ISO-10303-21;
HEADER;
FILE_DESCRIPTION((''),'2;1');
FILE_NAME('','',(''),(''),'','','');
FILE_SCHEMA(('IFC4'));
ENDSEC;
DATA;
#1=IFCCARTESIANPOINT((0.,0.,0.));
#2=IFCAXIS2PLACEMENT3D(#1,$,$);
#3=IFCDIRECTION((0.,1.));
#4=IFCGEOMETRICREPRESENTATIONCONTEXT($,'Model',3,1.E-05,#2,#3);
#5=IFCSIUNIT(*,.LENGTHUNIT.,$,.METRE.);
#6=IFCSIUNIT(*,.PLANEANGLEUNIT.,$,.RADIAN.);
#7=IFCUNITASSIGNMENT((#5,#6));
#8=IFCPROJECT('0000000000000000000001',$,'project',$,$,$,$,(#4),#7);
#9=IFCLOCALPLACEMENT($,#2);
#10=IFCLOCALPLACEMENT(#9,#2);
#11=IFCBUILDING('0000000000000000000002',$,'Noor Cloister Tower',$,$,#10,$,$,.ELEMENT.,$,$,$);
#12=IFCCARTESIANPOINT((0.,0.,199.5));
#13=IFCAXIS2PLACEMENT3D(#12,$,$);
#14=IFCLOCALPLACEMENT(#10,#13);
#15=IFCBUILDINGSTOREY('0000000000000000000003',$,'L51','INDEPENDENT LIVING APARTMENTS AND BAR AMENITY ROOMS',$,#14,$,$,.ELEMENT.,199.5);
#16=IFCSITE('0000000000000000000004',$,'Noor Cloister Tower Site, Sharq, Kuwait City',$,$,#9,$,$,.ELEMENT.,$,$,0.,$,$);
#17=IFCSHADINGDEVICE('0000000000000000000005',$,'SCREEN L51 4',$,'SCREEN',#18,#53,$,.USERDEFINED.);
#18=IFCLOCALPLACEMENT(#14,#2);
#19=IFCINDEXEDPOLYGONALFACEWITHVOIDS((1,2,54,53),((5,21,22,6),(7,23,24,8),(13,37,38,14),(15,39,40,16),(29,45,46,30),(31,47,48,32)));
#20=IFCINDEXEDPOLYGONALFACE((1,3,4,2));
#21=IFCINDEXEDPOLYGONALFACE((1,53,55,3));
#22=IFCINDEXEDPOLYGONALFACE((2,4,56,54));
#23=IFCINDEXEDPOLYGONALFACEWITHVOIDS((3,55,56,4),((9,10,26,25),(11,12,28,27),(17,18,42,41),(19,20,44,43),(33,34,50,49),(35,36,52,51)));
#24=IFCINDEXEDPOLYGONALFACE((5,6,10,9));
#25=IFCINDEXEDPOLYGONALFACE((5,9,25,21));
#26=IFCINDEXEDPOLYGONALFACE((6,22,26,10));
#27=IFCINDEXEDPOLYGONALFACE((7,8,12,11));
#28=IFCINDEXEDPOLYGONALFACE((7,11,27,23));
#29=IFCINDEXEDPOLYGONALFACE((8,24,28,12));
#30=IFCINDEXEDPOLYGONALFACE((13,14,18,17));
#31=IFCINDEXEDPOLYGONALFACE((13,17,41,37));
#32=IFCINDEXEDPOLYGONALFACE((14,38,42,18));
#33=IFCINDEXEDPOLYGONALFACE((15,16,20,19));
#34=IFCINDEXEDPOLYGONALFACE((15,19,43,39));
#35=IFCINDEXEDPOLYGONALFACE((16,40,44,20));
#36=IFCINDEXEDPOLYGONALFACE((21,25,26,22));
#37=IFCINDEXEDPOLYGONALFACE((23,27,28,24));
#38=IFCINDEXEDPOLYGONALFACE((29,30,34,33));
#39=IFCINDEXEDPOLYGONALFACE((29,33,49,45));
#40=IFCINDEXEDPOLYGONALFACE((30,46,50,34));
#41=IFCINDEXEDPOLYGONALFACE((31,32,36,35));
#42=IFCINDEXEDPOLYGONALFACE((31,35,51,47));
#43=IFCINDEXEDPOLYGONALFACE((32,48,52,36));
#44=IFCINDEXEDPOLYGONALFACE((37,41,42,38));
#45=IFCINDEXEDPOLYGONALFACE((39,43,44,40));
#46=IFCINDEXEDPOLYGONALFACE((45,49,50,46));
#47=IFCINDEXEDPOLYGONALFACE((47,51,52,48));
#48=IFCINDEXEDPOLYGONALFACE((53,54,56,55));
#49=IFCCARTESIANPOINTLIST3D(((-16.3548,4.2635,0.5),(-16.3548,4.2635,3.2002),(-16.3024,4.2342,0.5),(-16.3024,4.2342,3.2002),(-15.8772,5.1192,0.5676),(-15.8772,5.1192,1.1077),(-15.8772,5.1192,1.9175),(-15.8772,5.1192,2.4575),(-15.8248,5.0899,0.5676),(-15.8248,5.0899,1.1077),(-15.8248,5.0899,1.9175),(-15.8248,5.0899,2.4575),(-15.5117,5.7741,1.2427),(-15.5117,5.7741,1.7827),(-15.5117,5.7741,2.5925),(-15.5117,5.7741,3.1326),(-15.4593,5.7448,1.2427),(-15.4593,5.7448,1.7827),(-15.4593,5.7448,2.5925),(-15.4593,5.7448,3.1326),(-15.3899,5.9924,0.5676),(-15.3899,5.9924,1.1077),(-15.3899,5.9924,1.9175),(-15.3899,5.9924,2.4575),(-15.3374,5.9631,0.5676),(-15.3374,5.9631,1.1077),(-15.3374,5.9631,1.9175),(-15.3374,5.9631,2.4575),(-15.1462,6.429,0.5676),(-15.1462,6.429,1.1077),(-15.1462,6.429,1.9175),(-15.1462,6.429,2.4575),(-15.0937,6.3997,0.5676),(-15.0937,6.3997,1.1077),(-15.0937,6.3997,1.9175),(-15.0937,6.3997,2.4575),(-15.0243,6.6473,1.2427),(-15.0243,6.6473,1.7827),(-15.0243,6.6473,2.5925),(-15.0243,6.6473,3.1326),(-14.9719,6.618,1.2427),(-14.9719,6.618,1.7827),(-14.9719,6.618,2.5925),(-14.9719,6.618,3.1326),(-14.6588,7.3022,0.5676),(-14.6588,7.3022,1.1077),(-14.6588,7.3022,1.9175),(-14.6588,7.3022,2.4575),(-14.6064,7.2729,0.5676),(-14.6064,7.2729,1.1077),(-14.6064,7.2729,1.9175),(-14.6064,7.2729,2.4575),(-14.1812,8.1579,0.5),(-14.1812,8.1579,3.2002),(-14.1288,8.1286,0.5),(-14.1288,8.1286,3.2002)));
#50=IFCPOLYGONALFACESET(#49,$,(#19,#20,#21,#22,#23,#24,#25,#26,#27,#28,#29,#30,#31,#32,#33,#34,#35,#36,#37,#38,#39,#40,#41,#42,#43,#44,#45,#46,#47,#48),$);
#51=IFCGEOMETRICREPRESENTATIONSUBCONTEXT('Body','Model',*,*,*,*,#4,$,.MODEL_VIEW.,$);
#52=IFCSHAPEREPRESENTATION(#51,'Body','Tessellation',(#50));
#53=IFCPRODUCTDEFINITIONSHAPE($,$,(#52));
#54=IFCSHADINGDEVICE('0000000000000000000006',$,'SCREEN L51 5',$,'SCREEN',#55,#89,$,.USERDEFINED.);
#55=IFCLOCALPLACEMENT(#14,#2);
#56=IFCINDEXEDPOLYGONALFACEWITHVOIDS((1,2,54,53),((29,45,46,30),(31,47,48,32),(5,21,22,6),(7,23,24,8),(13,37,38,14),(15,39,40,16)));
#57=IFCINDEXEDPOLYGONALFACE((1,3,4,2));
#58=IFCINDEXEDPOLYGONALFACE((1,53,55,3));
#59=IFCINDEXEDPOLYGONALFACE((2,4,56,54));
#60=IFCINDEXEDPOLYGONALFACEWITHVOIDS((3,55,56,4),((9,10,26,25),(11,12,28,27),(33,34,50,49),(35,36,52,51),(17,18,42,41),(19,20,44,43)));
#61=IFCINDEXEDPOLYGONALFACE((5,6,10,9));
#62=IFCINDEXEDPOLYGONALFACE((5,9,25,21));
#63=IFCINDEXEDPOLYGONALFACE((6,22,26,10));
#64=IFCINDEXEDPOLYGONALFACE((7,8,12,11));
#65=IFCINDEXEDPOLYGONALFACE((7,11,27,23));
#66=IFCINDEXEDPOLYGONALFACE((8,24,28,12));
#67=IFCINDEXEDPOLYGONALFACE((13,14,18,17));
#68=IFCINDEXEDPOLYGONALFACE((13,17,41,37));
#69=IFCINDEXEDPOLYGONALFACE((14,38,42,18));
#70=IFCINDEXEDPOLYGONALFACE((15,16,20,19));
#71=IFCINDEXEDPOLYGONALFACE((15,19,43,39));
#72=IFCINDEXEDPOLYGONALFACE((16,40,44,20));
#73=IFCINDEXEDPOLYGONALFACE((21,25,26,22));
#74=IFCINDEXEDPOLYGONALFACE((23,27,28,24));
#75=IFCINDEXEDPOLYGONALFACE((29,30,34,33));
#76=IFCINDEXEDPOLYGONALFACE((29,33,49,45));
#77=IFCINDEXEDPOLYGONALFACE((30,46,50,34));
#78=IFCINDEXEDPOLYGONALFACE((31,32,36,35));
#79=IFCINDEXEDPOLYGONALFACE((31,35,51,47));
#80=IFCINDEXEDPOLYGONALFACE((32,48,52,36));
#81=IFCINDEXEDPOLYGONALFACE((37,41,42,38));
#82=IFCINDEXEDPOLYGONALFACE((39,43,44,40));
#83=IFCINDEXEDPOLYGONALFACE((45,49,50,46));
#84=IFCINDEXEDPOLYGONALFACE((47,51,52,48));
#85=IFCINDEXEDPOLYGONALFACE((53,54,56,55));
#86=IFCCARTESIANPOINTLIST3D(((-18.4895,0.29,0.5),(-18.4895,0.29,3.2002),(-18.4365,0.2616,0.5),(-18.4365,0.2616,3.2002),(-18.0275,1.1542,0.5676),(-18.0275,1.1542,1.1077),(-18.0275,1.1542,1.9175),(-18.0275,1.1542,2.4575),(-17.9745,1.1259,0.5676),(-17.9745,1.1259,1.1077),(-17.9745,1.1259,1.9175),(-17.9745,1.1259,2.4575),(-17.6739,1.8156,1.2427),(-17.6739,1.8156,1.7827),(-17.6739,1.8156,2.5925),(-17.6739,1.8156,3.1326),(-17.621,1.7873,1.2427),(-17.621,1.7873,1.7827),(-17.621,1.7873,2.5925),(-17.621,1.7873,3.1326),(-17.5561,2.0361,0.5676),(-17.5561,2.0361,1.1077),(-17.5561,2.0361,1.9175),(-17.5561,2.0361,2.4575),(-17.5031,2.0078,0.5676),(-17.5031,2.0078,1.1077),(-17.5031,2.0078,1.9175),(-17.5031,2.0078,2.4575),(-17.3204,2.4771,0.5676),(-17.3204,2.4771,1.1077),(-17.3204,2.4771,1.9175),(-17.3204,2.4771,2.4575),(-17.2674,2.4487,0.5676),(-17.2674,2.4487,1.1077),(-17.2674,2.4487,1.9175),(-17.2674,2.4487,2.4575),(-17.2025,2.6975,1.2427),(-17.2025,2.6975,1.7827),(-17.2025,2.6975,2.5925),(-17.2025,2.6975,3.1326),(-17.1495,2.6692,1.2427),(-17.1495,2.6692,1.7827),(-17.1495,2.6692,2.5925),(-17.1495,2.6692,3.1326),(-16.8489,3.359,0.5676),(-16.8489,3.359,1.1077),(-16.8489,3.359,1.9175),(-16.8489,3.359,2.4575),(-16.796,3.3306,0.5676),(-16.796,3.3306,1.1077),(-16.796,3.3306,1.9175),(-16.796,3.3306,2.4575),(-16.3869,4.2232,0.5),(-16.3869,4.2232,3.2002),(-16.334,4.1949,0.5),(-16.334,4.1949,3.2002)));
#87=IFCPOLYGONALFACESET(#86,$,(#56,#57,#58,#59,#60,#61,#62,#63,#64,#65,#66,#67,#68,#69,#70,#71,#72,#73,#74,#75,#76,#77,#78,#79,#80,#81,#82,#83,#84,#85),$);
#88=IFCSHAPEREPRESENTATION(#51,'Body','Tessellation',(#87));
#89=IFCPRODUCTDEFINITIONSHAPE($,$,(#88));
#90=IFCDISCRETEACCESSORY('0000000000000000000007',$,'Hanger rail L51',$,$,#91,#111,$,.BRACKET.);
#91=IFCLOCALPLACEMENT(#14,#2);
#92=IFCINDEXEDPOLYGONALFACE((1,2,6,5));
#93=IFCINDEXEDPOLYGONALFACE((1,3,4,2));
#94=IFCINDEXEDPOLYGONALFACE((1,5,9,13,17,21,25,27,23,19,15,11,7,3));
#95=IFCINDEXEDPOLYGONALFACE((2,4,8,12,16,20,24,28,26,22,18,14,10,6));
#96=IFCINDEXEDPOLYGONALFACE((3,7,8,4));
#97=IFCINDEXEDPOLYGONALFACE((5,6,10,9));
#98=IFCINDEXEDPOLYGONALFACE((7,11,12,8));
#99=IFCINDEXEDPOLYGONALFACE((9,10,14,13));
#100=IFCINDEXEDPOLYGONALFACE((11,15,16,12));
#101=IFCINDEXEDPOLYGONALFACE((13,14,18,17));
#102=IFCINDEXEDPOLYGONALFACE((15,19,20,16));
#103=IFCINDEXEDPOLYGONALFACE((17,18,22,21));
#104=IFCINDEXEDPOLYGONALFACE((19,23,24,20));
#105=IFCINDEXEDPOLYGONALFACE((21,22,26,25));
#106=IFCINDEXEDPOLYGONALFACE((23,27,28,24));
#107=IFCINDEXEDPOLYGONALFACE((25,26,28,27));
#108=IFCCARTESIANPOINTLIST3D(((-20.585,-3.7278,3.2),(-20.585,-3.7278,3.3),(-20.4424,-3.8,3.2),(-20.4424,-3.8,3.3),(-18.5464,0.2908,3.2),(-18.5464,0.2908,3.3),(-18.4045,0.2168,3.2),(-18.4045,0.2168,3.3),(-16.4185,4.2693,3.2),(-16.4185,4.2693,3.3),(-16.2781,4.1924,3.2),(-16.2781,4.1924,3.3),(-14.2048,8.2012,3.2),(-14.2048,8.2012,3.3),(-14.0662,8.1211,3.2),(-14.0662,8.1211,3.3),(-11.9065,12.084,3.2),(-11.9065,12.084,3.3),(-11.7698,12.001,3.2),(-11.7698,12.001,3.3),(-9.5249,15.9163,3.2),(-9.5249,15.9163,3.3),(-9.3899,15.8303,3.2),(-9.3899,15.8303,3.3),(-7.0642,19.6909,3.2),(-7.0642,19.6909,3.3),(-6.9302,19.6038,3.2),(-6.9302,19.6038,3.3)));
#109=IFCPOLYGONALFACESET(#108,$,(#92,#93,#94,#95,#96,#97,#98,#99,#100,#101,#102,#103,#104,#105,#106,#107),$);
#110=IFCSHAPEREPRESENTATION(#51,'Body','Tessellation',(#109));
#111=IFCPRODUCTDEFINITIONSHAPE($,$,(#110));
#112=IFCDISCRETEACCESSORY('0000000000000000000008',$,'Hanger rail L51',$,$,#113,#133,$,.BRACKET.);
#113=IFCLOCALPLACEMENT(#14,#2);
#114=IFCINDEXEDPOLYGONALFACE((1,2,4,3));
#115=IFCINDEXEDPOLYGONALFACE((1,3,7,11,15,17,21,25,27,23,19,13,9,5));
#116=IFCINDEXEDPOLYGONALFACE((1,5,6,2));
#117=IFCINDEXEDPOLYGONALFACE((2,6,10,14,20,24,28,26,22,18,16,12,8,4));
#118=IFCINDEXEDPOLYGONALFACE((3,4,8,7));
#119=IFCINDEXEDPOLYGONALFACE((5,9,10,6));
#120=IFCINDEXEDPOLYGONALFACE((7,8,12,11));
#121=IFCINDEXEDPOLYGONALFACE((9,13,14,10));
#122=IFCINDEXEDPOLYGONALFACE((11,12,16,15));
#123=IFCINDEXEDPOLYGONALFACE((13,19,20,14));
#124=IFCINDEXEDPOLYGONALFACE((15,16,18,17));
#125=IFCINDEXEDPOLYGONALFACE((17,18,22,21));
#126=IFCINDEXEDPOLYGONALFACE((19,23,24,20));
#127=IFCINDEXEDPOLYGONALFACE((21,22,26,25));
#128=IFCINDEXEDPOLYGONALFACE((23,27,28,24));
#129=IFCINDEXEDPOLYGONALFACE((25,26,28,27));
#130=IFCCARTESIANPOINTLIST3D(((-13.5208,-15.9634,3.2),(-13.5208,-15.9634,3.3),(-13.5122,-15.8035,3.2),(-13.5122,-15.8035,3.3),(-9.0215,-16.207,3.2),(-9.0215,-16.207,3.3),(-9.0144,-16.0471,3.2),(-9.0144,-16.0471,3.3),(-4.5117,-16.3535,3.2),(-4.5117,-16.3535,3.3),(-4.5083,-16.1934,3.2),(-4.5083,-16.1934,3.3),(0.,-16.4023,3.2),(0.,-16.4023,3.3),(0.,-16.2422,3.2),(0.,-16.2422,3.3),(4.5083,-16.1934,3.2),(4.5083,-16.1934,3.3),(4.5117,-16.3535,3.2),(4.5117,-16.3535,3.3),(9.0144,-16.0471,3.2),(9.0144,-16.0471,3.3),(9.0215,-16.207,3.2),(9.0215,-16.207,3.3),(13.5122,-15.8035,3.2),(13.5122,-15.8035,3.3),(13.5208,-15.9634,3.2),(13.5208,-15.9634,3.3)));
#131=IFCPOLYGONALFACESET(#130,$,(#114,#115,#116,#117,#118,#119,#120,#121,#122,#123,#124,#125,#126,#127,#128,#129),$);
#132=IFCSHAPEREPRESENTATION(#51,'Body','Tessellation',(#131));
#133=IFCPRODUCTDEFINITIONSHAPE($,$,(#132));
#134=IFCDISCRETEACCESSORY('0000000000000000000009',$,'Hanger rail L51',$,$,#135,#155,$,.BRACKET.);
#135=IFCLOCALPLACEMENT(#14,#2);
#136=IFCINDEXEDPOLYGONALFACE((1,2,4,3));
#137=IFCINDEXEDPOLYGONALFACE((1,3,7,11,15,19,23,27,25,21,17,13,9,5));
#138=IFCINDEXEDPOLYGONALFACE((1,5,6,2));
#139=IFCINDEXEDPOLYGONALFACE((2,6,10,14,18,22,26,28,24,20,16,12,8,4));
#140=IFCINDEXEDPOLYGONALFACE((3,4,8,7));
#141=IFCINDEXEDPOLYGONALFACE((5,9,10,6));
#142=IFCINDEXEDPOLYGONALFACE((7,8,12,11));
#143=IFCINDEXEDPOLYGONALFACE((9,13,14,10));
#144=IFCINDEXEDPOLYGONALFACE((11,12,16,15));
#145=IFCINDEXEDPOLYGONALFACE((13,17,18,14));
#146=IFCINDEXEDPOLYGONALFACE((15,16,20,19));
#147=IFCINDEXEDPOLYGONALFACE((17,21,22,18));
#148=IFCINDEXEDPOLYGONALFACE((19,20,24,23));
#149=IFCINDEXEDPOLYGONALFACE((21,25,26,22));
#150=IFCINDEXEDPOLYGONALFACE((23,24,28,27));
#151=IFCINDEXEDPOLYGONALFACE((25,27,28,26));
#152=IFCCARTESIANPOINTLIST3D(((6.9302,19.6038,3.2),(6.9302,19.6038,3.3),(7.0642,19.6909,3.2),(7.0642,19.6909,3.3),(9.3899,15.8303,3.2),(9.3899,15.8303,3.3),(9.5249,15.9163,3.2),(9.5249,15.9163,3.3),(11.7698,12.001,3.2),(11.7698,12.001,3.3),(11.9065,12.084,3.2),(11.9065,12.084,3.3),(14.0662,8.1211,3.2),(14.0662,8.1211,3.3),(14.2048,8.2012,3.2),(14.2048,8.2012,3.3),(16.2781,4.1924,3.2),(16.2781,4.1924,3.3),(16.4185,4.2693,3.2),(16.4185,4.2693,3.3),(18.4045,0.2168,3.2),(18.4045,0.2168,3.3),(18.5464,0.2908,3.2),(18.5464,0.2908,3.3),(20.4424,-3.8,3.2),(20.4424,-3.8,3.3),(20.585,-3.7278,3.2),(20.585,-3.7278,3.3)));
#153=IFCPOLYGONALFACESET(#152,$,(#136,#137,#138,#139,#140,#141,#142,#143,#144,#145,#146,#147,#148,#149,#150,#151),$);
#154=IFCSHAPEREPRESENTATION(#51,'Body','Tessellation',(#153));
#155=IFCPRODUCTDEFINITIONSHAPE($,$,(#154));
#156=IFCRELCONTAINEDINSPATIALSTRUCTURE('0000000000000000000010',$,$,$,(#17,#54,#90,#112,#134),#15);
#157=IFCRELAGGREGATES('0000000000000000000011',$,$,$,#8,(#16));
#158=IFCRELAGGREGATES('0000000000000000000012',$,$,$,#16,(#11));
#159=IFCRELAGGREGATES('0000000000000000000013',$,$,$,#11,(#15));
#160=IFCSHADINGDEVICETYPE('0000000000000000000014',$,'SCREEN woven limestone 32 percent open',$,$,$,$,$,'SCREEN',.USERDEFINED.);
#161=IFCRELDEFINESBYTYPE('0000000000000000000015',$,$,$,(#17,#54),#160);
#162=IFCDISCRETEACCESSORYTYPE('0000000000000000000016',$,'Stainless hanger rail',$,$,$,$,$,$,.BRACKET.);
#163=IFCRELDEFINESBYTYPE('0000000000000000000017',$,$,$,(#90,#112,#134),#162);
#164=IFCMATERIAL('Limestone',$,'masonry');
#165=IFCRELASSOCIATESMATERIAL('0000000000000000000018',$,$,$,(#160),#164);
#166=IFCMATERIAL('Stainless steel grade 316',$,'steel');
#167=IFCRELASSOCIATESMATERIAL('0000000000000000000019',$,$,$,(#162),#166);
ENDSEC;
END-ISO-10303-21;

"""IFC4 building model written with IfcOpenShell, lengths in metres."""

from ifc_helpers import new_model, si_unit, direction, frame, origin, place, context, subcontext, project, spatial, polyline, outline, extrude, material, material_profile, profile_set, type_object, element, save


model = new_model("IFC4")

# Units and contexts
model_context = context("Model", 3, precision=1e-05, world=origin(), true_north=direction((0.0, 1.0)))
body_context = subcontext(model_context, "Body", "Model", "MODEL_VIEW")
ifc_project = project(units=[si_unit("LENGTHUNIT", "METRE"), si_unit("PLANEANGLEUNIT", "RADIAN")], contexts=[model_context])

# Site, building, storey
site_placement = place(None, origin())
site = spatial("IfcSite", under=ifc_project, at=site_placement, Name="Noor Cloister Tower Site, Sharq, Kuwait City", CompositionType="ELEMENT", RefElevation=0.0)
building_placement = place(site_placement, origin())
building = spatial("IfcBuilding", under=site, at=building_placement, Name="Noor Cloister Tower", CompositionType="ELEMENT")
storey_placement = place(building_placement, frame((0.0, 0.0, 199.5)))
storey = spatial("IfcBuildingStorey", under=building, at=storey_placement, Name="L51", Description="INDEPENDENT LIVING APARTMENTS AND BAR AMENITY ROOMS", CompositionType="ELEMENT", Elevation=199.5)

# Shading devices
ifc_material_1 = material(Name="Limestone", Category="masonry")
ifc_material_profile_1 = material_profile(ifc_material_1, outline(polyline([(-2.23, -1.3501), (2.23, -1.3501), (2.23, 1.3501), (-2.23, 1.3501), (-2.23, -1.3501)]), holes=[polyline([(-1.25, -1.2825), (-0.25, -1.2825), (-0.25, -0.7424), (-1.25, -0.7424), (-1.25, -1.2825)]), polyline([(0.25, -1.2825), (1.25, -1.2825), (1.25, -0.7424), (0.25, -0.7424), (0.25, -1.2825)]), polyline([(-0.5, -0.6074), (0.5, -0.6074), (0.5, -0.0674), (-0.5, -0.0674), (-0.5, -0.6074)]), polyline([(-1.25, 0.0674), (-0.25, 0.0674), (-0.25, 0.6074), (-1.25, 0.6074), (-1.25, 0.0674)]), polyline([(0.25, 0.0674), (1.25, 0.0674), (1.25, 0.6074), (0.25, 0.6074), (0.25, 0.0674)]), polyline([(-0.5, 0.7424), (0.5, 0.7424), (0.5, 1.2825), (-0.5, 1.2825), (-0.5, 0.7424)])]), Name="Woven screen 32 percent open")
ifc_profile_set_1 = profile_set([ifc_material_profile_1], Name="Limestone")
shading_device_type = type_object("IfcShadingDeviceType", Name="SCREEN woven limestone 32 percent open", ElementType="SCREEN", PredefinedType="USERDEFINED", material=ifc_profile_set_1)
for number, where, z_axis, x_axis, name in (
    (1, (-15.2156, 6.1814, 1.8501), (-0.873198, 0.487366, 0.0), (-0.487366, -0.873198, 0.0), "SCREEN L51 4"),
    (2, (-17.3853, 2.2283, 1.8501), (-0.881903, 0.471432, 0.0), (-0.471432, -0.881903, 0.0), "SCREEN L51 5"),
):
    element("IfcShadingDevice", number, at=place(storey_placement, frame(where, z_axis=z_axis, x_axis=x_axis)), inside=storey, type_object=shading_device_type, Name=name, ObjectType="SCREEN", PredefinedType="USERDEFINED", context=body_context, shape_type="SweptSolid", body=[
        extrude(outline(polyline([(-2.23, -1.3501), (2.23, -1.3501), (2.23, 1.3501), (-2.23, 1.3501), (-2.23, -1.3501)]), holes=[polyline([(-1.25, -1.2825), (-0.25, -1.2825), (-0.25, -0.7424), (-1.25, -0.7424), (-1.25, -1.2825)]), polyline([(0.25, -1.2825), (1.25, -1.2825), (1.25, -0.7424), (0.25, -0.7424), (0.25, -1.2825)]), polyline([(-0.5, -0.6074), (0.5, -0.6074), (0.5, -0.0674), (-0.5, -0.0674), (-0.5, -0.6074)]), polyline([(-1.25, 0.0674), (-0.25, 0.0674), (-0.25, 0.6074), (-1.25, 0.6074), (-1.25, 0.0674)]), polyline([(0.25, 0.0674), (1.25, 0.0674), (1.25, 0.6074), (0.25, 0.6074), (0.25, 0.0674)]), polyline([(-0.5, 0.7424), (0.5, 0.7424), (0.5, 1.2825), (-0.5, 1.2825), (-0.5, 0.7424)])]), origin(), (0.0, 0.0, 1.0), 0.0601),
    ])

# Discrete accessories
ifc_material_2 = material(Name="Stainless steel grade 316", Category="steel")
discrete_accessory_type = type_object("IfcDiscreteAccessoryType", Name="Stainless hanger rail", PredefinedType="BRACKET", material=ifc_material_2)
discrete_accessory_1_placement = place(storey_placement, frame((0.0, 0.0, 3.2)))
element("IfcDiscreteAccessory", 3, at=discrete_accessory_1_placement, inside=storey, type_object=discrete_accessory_type, Name="Hanger rail L51", PredefinedType="BRACKET", context=body_context, shape_type="SweptSolid", body=[
    extrude(outline(polyline([(-7.0642, 19.6909), (-9.5249, 15.9163), (-11.9065, 12.084), (-14.2048, 8.2012), (-16.4185, 4.2693), (-18.5464, 0.2908), (-20.585, -3.7278), (-20.4424, -3.8), (-18.4045, 0.2168), (-16.2781, 4.1924), (-14.0662, 8.1211), (-11.7698, 12.001), (-9.3899, 15.8303), (-6.9302, 19.6038), (-7.0642, 19.6909)])), origin(), (0.0, 0.0, 1.0), 0.1001),
])
discrete_accessory_2_placement = place(storey_placement, frame((0.0, 0.0, 3.2)))
element("IfcDiscreteAccessory", 4, at=discrete_accessory_2_placement, inside=storey, type_object=discrete_accessory_type, Name="Hanger rail L51", PredefinedType="BRACKET", context=body_context, shape_type="SweptSolid", body=[
    extrude(outline(polyline([(-13.5208, -15.9634), (-9.0215, -16.207), (-4.5117, -16.3535), (0.0, -16.4023), (4.5117, -16.3535), (9.0215, -16.207), (13.5208, -15.9634), (13.5122, -15.8035), (9.0144, -16.0471), (4.5083, -16.1934), (0.0, -16.2422), (-4.5083, -16.1934), (-9.0144, -16.0471), (-13.5122, -15.8035), (-13.5208, -15.9634)])), origin(), (0.0, 0.0, 1.0), 0.1001),
])
discrete_accessory_3_placement = place(storey_placement, frame((0.0, 0.0, 3.2)))
element("IfcDiscreteAccessory", 5, at=discrete_accessory_3_placement, inside=storey, type_object=discrete_accessory_type, Name="Hanger rail L51", PredefinedType="BRACKET", context=body_context, shape_type="SweptSolid", body=[
    extrude(outline(polyline([(20.585, -3.7278), (18.5464, 0.2908), (16.4185, 4.2693), (14.2048, 8.2012), (11.9065, 12.084), (9.5249, 15.9163), (7.0642, 19.6909), (6.9302, 19.6038), (9.3899, 15.8303), (11.7698, 12.001), (14.0662, 8.1211), (16.2781, 4.1924), (18.4045, 0.2168), (20.4424, -3.8), (20.585, -3.7278)])), origin(), (0.0, 0.0, 1.0), 0.1001),
])

save(model, "model.ifc")
